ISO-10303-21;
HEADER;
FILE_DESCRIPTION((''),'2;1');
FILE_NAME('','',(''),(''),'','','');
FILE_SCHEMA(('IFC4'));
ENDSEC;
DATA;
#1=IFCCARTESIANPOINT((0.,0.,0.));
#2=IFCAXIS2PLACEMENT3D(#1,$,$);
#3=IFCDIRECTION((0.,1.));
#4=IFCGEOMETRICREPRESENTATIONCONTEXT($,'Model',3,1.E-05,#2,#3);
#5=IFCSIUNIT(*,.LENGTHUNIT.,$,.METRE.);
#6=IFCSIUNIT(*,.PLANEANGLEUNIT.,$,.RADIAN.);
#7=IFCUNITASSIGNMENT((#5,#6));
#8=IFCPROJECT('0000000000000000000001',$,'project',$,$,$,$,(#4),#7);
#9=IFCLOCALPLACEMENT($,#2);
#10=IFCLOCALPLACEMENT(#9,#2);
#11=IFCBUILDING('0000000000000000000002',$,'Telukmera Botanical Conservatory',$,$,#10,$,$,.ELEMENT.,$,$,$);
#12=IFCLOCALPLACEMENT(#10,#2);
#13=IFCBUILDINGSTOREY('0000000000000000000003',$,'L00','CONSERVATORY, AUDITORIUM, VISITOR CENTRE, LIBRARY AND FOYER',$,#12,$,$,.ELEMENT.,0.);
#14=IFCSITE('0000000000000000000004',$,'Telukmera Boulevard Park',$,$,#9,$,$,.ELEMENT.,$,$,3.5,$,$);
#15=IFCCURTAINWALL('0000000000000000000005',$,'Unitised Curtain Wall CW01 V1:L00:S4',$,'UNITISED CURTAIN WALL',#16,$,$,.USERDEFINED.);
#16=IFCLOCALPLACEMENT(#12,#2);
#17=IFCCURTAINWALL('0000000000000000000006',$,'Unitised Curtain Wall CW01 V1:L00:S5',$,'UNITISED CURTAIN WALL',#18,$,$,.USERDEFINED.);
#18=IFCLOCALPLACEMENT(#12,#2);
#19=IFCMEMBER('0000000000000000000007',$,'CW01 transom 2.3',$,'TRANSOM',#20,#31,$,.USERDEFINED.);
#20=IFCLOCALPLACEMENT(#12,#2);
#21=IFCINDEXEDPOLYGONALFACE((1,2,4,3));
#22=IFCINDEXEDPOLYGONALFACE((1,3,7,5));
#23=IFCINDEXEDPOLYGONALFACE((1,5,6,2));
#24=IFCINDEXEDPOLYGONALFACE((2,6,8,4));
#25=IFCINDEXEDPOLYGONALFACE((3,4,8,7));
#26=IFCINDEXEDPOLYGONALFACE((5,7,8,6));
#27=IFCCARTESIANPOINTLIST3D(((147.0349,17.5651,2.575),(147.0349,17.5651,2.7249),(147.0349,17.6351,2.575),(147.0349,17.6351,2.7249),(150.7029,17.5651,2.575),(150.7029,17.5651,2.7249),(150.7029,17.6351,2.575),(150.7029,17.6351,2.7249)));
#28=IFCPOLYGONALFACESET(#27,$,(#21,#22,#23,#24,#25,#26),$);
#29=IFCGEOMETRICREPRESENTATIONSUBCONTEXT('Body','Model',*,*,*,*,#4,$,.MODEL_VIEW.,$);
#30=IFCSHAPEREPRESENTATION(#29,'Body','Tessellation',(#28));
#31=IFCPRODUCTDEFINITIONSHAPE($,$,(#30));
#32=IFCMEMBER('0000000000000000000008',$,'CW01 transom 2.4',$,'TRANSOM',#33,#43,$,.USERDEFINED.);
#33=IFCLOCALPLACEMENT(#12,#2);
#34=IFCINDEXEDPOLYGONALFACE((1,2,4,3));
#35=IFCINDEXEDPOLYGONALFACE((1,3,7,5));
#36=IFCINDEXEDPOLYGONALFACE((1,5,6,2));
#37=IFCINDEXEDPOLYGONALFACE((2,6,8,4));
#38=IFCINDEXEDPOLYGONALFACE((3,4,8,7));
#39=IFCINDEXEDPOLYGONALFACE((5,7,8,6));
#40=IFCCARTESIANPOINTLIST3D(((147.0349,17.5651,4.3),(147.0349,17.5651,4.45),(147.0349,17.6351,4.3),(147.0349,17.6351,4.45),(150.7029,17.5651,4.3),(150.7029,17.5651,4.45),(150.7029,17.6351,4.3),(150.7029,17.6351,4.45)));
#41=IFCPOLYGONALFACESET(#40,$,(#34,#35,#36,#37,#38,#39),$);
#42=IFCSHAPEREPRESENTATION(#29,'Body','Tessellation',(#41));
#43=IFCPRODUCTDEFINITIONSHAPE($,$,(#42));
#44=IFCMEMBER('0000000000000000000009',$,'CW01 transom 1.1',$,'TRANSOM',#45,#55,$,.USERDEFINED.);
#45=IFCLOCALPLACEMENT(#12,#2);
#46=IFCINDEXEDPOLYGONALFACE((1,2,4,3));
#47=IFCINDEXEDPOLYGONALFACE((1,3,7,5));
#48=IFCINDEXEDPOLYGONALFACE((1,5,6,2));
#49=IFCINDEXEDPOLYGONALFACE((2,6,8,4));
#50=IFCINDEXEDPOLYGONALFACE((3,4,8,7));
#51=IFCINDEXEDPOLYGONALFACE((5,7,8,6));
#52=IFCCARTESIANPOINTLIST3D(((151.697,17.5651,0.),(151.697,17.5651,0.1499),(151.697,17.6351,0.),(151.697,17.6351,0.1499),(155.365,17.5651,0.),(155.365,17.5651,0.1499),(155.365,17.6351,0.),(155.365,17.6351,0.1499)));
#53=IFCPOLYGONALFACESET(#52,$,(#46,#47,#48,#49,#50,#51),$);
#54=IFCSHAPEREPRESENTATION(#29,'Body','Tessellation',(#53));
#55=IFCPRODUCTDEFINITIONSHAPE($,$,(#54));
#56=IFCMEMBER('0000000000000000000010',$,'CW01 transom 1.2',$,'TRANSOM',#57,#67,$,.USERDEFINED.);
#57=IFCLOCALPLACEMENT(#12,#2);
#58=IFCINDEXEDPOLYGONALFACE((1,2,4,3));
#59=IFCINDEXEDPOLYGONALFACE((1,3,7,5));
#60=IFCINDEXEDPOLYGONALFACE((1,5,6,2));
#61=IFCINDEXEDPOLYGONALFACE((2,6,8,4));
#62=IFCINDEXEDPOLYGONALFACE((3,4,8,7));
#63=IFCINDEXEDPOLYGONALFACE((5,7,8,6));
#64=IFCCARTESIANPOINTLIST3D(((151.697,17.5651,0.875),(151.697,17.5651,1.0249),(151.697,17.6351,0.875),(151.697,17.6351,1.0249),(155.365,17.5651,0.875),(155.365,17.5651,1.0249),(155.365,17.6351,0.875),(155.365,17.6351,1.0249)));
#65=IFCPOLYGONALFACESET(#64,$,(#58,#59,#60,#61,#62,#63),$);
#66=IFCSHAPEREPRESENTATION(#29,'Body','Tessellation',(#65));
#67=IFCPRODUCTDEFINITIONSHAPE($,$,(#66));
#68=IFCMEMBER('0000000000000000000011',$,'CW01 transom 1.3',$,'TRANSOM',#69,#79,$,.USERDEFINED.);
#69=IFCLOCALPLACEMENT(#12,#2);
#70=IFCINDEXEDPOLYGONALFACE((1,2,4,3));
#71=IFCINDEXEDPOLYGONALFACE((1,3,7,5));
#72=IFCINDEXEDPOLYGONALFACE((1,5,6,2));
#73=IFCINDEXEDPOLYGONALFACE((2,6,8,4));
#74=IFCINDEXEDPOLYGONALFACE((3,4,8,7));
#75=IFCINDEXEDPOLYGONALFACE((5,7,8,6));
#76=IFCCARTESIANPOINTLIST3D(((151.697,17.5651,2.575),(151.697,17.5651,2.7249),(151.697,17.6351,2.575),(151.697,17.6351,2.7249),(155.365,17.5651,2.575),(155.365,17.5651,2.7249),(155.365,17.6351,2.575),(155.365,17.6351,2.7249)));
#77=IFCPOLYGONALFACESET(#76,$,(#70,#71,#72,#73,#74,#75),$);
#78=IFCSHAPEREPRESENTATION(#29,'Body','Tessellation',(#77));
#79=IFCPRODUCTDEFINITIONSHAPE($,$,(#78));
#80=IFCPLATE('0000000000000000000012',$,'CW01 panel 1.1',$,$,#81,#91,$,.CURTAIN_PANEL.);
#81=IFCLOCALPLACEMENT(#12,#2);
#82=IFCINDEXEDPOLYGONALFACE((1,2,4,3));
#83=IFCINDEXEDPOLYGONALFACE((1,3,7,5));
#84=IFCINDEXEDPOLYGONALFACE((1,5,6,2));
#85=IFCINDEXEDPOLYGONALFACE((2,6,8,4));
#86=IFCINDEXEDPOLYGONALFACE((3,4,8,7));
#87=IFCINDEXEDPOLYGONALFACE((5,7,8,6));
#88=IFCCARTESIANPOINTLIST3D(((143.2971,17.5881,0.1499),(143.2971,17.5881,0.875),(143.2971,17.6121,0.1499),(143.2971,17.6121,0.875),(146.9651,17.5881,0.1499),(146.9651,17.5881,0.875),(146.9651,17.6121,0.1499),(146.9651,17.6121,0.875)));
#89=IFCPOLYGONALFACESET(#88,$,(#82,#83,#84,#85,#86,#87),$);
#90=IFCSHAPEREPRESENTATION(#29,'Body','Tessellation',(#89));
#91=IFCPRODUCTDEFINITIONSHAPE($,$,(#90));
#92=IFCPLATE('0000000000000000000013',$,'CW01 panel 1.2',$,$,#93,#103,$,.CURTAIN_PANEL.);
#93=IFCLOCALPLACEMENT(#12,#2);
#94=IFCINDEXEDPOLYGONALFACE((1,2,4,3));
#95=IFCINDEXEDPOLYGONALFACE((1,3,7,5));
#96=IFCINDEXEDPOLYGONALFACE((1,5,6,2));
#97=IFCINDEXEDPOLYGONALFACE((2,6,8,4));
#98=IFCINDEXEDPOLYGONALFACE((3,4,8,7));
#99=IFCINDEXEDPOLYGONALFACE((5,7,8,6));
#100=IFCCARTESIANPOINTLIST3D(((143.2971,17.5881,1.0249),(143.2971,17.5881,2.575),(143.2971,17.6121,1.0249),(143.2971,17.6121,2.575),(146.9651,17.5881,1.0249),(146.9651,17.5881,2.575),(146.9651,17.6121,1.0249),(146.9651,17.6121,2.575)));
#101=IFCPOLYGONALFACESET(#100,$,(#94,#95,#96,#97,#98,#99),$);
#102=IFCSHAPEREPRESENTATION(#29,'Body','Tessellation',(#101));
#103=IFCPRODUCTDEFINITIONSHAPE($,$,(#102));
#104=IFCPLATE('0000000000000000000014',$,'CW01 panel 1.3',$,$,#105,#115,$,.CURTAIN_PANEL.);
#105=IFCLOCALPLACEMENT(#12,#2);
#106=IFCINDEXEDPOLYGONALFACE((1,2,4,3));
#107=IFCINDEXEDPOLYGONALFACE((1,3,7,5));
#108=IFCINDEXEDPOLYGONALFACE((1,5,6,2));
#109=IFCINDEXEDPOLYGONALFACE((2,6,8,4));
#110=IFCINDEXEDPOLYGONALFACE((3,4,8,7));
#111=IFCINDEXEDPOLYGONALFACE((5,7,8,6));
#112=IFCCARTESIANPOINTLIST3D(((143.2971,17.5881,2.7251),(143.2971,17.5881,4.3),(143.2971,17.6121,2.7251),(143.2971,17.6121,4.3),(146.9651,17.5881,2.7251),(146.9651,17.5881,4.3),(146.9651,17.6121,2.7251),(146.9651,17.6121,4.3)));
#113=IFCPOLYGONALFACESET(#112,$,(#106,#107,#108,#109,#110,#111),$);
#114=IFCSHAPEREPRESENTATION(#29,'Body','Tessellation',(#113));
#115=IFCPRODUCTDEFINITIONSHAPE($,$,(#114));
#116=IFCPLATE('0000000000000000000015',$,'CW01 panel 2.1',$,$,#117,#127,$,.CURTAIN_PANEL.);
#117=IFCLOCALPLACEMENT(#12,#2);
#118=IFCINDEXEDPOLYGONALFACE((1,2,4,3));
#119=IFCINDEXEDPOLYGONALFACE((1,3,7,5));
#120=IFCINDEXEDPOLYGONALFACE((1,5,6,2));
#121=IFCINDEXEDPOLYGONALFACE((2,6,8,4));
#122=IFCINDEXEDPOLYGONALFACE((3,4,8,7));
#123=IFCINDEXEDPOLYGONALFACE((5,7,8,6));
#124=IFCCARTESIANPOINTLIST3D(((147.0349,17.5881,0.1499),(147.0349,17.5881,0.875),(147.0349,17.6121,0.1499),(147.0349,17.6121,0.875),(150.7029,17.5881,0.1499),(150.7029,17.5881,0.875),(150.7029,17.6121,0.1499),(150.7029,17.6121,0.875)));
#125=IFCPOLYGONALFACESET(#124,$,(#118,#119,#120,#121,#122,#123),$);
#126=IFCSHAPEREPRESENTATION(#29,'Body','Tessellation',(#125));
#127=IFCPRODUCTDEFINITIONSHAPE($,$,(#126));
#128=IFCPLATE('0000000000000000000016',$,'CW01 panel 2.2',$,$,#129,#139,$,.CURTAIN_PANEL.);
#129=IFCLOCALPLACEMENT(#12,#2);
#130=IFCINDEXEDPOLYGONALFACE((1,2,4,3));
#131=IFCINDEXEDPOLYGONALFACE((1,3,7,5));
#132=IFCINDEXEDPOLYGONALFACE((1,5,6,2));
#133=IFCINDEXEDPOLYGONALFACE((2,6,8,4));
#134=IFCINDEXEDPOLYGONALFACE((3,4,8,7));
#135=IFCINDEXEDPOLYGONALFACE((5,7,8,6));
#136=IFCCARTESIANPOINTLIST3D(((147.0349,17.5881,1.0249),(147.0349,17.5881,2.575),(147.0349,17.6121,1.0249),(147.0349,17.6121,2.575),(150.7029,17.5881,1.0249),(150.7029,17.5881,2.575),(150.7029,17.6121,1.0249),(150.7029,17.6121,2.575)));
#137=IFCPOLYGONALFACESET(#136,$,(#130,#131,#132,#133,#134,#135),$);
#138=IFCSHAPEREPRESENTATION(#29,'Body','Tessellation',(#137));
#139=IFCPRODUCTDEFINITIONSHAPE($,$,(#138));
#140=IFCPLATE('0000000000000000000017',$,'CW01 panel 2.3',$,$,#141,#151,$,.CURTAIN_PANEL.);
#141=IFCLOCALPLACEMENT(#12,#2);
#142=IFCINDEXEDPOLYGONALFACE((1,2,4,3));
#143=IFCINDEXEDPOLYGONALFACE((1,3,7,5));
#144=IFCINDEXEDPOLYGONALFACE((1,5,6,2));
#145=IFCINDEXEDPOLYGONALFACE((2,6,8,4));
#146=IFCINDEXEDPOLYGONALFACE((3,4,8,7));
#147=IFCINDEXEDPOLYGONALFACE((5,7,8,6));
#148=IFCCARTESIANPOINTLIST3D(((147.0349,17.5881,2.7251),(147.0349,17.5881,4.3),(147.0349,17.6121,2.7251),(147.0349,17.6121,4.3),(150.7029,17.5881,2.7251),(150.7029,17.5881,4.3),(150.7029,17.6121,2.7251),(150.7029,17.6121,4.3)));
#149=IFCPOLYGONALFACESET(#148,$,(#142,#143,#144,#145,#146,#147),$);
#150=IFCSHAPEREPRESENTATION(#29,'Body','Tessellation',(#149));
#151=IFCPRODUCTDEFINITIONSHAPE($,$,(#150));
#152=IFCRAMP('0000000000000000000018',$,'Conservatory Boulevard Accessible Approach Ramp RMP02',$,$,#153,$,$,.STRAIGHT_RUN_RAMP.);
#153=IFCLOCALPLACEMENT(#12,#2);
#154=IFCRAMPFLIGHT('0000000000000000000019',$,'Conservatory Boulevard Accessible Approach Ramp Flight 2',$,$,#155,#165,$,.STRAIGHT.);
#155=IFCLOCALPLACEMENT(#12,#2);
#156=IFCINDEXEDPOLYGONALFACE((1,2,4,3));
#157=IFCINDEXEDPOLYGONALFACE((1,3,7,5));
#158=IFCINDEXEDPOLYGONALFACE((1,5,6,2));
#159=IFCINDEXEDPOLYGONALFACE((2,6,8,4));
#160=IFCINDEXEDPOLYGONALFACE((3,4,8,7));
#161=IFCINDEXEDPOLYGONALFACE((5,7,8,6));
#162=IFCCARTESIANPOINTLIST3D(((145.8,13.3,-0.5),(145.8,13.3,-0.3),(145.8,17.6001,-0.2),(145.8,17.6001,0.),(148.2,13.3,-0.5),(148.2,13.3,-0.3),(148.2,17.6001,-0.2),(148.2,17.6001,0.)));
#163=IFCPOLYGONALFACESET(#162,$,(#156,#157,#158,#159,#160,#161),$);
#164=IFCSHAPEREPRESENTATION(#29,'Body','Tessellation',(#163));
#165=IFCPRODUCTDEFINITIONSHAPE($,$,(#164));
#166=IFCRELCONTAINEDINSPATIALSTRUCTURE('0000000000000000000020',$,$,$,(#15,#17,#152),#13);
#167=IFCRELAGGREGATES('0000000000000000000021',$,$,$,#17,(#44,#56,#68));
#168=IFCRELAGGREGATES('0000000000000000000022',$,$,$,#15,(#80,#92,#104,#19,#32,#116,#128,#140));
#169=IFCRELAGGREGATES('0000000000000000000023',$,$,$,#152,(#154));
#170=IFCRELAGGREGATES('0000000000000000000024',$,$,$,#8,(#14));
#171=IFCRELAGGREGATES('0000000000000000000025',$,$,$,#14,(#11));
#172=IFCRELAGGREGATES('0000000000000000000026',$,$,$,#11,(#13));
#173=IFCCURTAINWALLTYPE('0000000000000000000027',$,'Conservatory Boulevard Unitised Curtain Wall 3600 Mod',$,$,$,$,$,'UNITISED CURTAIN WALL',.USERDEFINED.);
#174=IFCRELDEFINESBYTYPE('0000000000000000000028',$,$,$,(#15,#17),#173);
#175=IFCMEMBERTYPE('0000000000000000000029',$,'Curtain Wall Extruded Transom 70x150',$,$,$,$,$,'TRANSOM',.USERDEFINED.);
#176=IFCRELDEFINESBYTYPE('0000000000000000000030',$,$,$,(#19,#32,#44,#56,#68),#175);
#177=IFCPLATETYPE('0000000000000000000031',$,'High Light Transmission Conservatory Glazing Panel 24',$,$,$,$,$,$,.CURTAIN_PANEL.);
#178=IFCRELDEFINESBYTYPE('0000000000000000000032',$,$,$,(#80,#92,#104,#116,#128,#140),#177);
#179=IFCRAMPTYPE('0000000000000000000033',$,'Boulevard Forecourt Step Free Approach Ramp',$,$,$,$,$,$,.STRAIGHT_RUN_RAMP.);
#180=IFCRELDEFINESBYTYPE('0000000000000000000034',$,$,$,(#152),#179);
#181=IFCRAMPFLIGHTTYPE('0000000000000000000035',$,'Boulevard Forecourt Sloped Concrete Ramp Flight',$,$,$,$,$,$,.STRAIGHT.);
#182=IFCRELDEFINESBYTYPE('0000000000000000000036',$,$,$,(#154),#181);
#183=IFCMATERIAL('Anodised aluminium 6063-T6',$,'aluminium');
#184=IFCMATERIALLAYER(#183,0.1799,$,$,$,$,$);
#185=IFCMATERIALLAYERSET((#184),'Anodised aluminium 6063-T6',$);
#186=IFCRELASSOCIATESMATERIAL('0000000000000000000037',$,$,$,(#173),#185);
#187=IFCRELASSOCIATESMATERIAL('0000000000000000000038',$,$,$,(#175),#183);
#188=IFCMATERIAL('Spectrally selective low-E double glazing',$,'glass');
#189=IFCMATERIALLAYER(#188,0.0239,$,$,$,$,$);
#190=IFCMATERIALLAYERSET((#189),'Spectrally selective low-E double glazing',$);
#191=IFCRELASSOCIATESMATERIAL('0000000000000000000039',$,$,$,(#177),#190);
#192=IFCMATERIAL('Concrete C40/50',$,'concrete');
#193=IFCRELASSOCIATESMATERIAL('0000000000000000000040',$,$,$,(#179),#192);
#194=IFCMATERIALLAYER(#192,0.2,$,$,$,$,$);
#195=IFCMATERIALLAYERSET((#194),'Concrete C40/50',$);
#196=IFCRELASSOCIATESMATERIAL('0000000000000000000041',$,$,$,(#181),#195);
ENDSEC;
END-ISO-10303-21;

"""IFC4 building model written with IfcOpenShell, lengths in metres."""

from ifc_helpers import new_model, si_unit, direction, frame, origin, origin_2d, place, context, subcontext, project, spatial, polyline, rectangle, outline, extrude, material, layer, layer_set, material_profile, profile_set, type_object, element, aggregate, save


model = new_model("IFC4")

# Units and contexts
model_context = context("Model", 3, precision=1e-05, world=origin(), true_north=direction((0.0, 1.0)))
body_context = subcontext(model_context, "Body", "Model", "MODEL_VIEW")
ifc_project = project(units=[si_unit("LENGTHUNIT", "METRE"), si_unit("PLANEANGLEUNIT", "RADIAN")], contexts=[model_context])

# Site, building, storey
site_placement = place(None, origin())
site = spatial("IfcSite", under=ifc_project, at=site_placement, Name="Telukmera Boulevard Park", CompositionType="ELEMENT", RefElevation=3.5)
building_placement = place(site_placement, origin())
building = spatial("IfcBuilding", under=site, at=building_placement, Name="Telukmera Botanical Conservatory", CompositionType="ELEMENT")
storey_placement = place(building_placement, origin())
storey = spatial("IfcBuildingStorey", under=building, at=storey_placement, Name="L00", Description="CONSERVATORY, AUDITORIUM, VISITOR CENTRE, LIBRARY AND FOYER", CompositionType="ELEMENT", Elevation=0.0)

# Shared definitions
ifc_material_1 = material(Name="Concrete C40/50", Category="concrete")

# Curtain wall
ifc_material_2 = material(Name="Anodised aluminium 6063-T6", Category="aluminium")
ifc_layer_1 = layer(ifc_material_2, 0.1799)
ifc_layer_set_1 = layer_set([ifc_layer_1], Name="Anodised aluminium 6063-T6")
curtain_wall_type = type_object("IfcCurtainWallType", Name="Conservatory Boulevard Unitised Curtain Wall 3600 Mod", ElementType="UNITISED CURTAIN WALL", PredefinedType="USERDEFINED", material=ifc_layer_set_1)
curtain_wall_1_placement = place(storey_placement, origin())
curtain_wall_1 = element("IfcCurtainWall", 1, at=curtain_wall_1_placement, inside=storey, type_object=curtain_wall_type, Name="Unitised Curtain Wall CW01 V1:L00:S4", ObjectType="UNITISED CURTAIN WALL", PredefinedType="USERDEFINED")

# Curtain wall
curtain_wall_2_placement = place(storey_placement, origin())
curtain_wall_2 = element("IfcCurtainWall", 2, at=curtain_wall_2_placement, inside=storey, type_object=curtain_wall_type, Name="Unitised Curtain Wall CW01 V1:L00:S5", ObjectType="UNITISED CURTAIN WALL", PredefinedType="USERDEFINED")

# Members
ifc_material_profile_1 = material_profile(ifc_material_2, rectangle(XDim=0.0701, YDim=0.1499, at=origin_2d()), Name="ALU TRAN 70x150")
ifc_profile_set_1 = profile_set([ifc_material_profile_1], Name="Anodised aluminium 6063-T6")
member_type_1 = type_object("IfcMemberType", Name="Curtain Wall Extruded Transom 70x150", ElementType="TRANSOM", PredefinedType="USERDEFINED", material=ifc_profile_set_1)
member_1_placement = place(storey_placement, frame((147.0349, 17.6001, 2.6499), z_axis=(1.0, 0.0, 0.0), x_axis=(0.0, 1.0, 0.0)))
member_1 = element("IfcMember", 3, at=member_1_placement, type_object=member_type_1, Name="CW01 transom 2.3", ObjectType="TRANSOM", PredefinedType="USERDEFINED", context=body_context, shape_type="SweptSolid", body=[
    extrude(rectangle(XDim=0.0701, YDim=0.1499, at=origin_2d()), origin(), (0.0, 0.0, 1.0), 3.668),
])
member_2_placement = place(storey_placement, frame((147.0349, 17.6001, 4.375), z_axis=(1.0, 0.0, 0.0), x_axis=(0.0, 1.0, 0.0)))
member_2 = element("IfcMember", 4, at=member_2_placement, type_object=member_type_1, Name="CW01 transom 2.4", ObjectType="TRANSOM", PredefinedType="USERDEFINED", context=body_context, shape_type="SweptSolid", body=[
    extrude(rectangle(XDim=0.0701, YDim=0.1499, at=origin_2d()), origin(), (0.0, 0.0, 1.0), 3.668),
])
member_3_placement = place(storey_placement, frame((151.697, 17.6001, 0.075), z_axis=(1.0, 0.0, 0.0), x_axis=(0.0, 1.0, 0.0)))
member_3 = element("IfcMember", 5, at=member_3_placement, type_object=member_type_1, Name="CW01 transom 1.1", ObjectType="TRANSOM", PredefinedType="USERDEFINED", context=body_context, shape_type="SweptSolid", body=[
    extrude(rectangle(XDim=0.0701, YDim=0.1499, at=origin_2d()), origin(), (0.0, 0.0, 1.0), 3.668),
])
member_4_placement = place(storey_placement, frame((151.697, 17.6001, 0.95), z_axis=(1.0, 0.0, 0.0), x_axis=(0.0, 1.0, 0.0)))
member_4 = element("IfcMember", 6, at=member_4_placement, type_object=member_type_1, Name="CW01 transom 1.2", ObjectType="TRANSOM", PredefinedType="USERDEFINED", context=body_context, shape_type="SweptSolid", body=[
    extrude(rectangle(XDim=0.0701, YDim=0.1499, at=origin_2d()), origin(), (0.0, 0.0, 1.0), 3.668),
])
member_5_placement = place(storey_placement, frame((151.697, 17.6001, 2.6499), z_axis=(1.0, 0.0, 0.0), x_axis=(0.0, 1.0, 0.0)))
member_5 = element("IfcMember", 7, at=member_5_placement, type_object=member_type_1, Name="CW01 transom 1.3", ObjectType="TRANSOM", PredefinedType="USERDEFINED", context=body_context, shape_type="SweptSolid", body=[
    extrude(rectangle(XDim=0.0701, YDim=0.1499, at=origin_2d()), origin(), (0.0, 0.0, 1.0), 3.668),
])
aggregate(curtain_wall_2, [member_3, member_4, member_5])

# Plates
ifc_material_3 = material(Name="Spectrally selective low-E double glazing", Category="glass")
ifc_layer_2 = layer(ifc_material_3, 0.0239)
ifc_layer_set_2 = layer_set([ifc_layer_2], Name="Spectrally selective low-E double glazing")
plate_type = type_object("IfcPlateType", Name="High Light Transmission Conservatory Glazing Panel 24", PredefinedType="CURTAIN_PANEL", material=ifc_layer_set_2)
plate_1_placement = place(storey_placement, frame((145.1311, 17.6001, 0.1499), z_axis=(0.0, 0.0, 1.0), x_axis=(1.0, 0.0, 0.0)))
plate_1 = element("IfcPlate", 8, at=plate_1_placement, type_object=plate_type, Name="CW01 panel 1.1", PredefinedType="CURTAIN_PANEL", context=body_context, shape_type="SweptSolid", body=[
    extrude(rectangle(XDim=3.668, YDim=0.0239, at=origin_2d()), origin(), (0.0, 0.0, 1.0), 0.7251),
])
plate_2_placement = place(storey_placement, frame((145.1311, 17.6001, 1.0249), z_axis=(0.0, 0.0, 1.0), x_axis=(1.0, 0.0, 0.0)))
plate_2 = element("IfcPlate", 9, at=plate_2_placement, type_object=plate_type, Name="CW01 panel 1.2", PredefinedType="CURTAIN_PANEL", context=body_context, shape_type="SweptSolid", body=[
    extrude(rectangle(XDim=3.668, YDim=0.0239, at=origin_2d()), origin(), (0.0, 0.0, 1.0), 1.55),
])
plate_3_placement = place(storey_placement, frame((145.1311, 17.6001, 2.7251), z_axis=(0.0, 0.0, 1.0), x_axis=(1.0, 0.0, 0.0)))
plate_3 = element("IfcPlate", 10, at=plate_3_placement, type_object=plate_type, Name="CW01 panel 1.3", PredefinedType="CURTAIN_PANEL", context=body_context, shape_type="SweptSolid", body=[
    extrude(rectangle(XDim=3.668, YDim=0.0239, at=origin_2d()), origin(), (0.0, 0.0, 1.0), 1.575),
])
plate_4_placement = place(storey_placement, frame((148.8689, 17.6001, 0.1499), z_axis=(0.0, 0.0, 1.0), x_axis=(1.0, 0.0, 0.0)))
plate_4 = element("IfcPlate", 11, at=plate_4_placement, type_object=plate_type, Name="CW01 panel 2.1", PredefinedType="CURTAIN_PANEL", context=body_context, shape_type="SweptSolid", body=[
    extrude(rectangle(XDim=3.668, YDim=0.0239, at=origin_2d()), origin(), (0.0, 0.0, 1.0), 0.7251),
])
plate_5_placement = place(storey_placement, frame((148.8689, 17.6001, 1.0249), z_axis=(0.0, 0.0, 1.0), x_axis=(1.0, 0.0, 0.0)))
plate_5 = element("IfcPlate", 12, at=plate_5_placement, type_object=plate_type, Name="CW01 panel 2.2", PredefinedType="CURTAIN_PANEL", context=body_context, shape_type="SweptSolid", body=[
    extrude(rectangle(XDim=3.668, YDim=0.0239, at=origin_2d()), origin(), (0.0, 0.0, 1.0), 1.55),
])
plate_6_placement = place(storey_placement, frame((148.8689, 17.6001, 2.7251), z_axis=(0.0, 0.0, 1.0), x_axis=(1.0, 0.0, 0.0)))
plate_6 = element("IfcPlate", 13, at=plate_6_placement, type_object=plate_type, Name="CW01 panel 2.3", PredefinedType="CURTAIN_PANEL", context=body_context, shape_type="SweptSolid", body=[
    extrude(rectangle(XDim=3.668, YDim=0.0239, at=origin_2d()), origin(), (0.0, 0.0, 1.0), 1.575),
])
aggregate(curtain_wall_1, [plate_1, plate_2, plate_3, member_1, member_2, plate_4, plate_5, plate_6])

# Ramp, ramp flight
ramp_type = type_object("IfcRampType", Name="Boulevard Forecourt Step Free Approach Ramp", PredefinedType="STRAIGHT_RUN_RAMP", material=ifc_material_1)
ramp_placement = place(storey_placement, origin())
ramp = element("IfcRamp", 14, at=ramp_placement, inside=storey, type_object=ramp_type, Name="Conservatory Boulevard Accessible Approach Ramp RMP02", PredefinedType="STRAIGHT_RUN_RAMP")
ifc_layer_3 = layer(ifc_material_1, 0.2)
ifc_layer_set_3 = layer_set([ifc_layer_3], Name="Concrete C40/50")
ramp_flight_type = type_object("IfcRampFlightType", Name="Boulevard Forecourt Sloped Concrete Ramp Flight", PredefinedType="STRAIGHT", material=ifc_layer_set_3)
ramp_flight_placement = place(storey_placement, frame((147.0, 13.3, -0.3), z_axis=(0.0, 0.0, 1.0), x_axis=(0.0, 1.0, 0.0)))
ramp_flight = element("IfcRampFlight", 15, at=ramp_flight_placement, type_object=ramp_flight_type, Name="Conservatory Boulevard Accessible Approach Ramp Flight 2", PredefinedType="STRAIGHT", context=body_context, shape_type="SweptSolid", body=[
    extrude(outline(polyline([(0.0, -0.2), (4.3, 0.1001), (4.3, 0.3), (0.0, 0.0), (0.0, -0.2)])), frame((0.0, 1.2, 0.0), z_axis=(0.0, -1.0, 0.0), x_axis=(1.0, 0.0, 0.0)), (0.0, 0.0, 1.0), 2.3999),
])
aggregate(ramp, [ramp_flight])

save(model, "model.ifc")
